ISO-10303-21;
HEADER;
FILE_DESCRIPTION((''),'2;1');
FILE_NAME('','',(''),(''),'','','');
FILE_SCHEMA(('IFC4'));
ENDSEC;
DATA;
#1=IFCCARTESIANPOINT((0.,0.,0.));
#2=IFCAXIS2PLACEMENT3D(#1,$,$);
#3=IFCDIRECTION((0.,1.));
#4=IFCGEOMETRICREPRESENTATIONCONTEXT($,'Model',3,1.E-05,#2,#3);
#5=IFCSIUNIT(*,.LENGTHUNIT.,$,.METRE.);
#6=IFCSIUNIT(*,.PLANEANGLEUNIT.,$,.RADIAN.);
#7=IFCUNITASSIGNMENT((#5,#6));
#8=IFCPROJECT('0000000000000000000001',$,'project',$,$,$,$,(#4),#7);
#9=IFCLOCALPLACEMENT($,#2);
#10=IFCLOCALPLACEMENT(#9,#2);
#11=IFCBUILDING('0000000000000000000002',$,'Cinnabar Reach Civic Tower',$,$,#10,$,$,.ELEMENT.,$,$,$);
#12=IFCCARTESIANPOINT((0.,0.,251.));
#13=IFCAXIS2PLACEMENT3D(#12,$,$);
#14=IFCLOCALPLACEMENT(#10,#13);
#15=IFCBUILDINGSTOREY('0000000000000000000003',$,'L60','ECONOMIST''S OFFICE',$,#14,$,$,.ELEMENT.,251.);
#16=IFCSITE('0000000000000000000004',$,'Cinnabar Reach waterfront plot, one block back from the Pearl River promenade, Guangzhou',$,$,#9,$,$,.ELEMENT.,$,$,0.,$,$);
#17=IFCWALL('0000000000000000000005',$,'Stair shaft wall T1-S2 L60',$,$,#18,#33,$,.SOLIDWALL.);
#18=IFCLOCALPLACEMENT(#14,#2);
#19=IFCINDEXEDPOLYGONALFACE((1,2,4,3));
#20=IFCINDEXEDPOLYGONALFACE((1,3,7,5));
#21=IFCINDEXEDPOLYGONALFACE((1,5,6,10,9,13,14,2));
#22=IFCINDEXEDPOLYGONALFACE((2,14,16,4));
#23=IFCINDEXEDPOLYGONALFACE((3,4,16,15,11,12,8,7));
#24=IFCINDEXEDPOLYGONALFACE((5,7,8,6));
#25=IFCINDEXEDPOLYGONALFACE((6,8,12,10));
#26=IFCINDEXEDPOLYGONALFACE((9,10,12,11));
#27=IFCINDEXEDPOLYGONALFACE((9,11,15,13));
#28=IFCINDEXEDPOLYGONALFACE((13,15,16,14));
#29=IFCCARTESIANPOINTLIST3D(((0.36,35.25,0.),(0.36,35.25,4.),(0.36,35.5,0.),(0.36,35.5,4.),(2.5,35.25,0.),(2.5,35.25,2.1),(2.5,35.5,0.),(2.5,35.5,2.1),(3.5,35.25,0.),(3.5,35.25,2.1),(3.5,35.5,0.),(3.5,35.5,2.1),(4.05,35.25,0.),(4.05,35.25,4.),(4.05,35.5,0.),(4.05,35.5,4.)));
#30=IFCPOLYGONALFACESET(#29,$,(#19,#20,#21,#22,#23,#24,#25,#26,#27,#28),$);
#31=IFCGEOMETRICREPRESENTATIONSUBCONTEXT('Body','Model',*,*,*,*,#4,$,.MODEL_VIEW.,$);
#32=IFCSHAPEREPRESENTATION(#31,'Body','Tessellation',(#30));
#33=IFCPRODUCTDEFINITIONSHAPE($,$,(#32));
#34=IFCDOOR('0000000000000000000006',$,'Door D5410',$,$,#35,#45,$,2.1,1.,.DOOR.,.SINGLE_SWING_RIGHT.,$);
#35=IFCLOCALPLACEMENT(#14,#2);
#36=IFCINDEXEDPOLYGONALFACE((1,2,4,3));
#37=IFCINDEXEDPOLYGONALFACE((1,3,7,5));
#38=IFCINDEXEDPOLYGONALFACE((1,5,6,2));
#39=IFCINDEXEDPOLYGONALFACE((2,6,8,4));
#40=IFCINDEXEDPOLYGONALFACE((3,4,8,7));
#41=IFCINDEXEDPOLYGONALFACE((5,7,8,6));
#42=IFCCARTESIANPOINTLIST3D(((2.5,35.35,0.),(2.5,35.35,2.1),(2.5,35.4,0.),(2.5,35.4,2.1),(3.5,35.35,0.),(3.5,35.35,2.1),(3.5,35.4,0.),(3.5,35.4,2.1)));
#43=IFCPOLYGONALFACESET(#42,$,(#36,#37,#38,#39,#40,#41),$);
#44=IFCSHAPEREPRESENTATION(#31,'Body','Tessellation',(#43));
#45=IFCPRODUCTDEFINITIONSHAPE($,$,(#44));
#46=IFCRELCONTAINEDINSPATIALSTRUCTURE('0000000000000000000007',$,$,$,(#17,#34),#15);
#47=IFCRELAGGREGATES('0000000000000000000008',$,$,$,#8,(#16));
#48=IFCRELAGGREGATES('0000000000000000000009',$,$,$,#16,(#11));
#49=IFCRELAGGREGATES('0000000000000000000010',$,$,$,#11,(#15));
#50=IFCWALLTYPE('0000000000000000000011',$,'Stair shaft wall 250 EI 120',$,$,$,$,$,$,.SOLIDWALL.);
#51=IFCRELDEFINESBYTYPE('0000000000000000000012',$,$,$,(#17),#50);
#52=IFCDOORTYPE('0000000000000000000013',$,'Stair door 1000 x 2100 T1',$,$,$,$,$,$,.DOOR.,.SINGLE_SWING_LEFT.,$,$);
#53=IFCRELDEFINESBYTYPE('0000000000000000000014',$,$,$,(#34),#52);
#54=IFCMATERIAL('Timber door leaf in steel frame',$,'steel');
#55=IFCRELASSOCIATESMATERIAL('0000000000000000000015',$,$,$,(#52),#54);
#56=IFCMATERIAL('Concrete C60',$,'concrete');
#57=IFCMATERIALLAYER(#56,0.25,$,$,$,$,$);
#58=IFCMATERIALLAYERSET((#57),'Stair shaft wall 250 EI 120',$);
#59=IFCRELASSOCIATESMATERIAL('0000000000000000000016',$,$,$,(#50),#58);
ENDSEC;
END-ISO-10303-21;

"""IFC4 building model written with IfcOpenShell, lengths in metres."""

from ifc_helpers import new_model, si_unit, direction, frame, frame_2d, origin, place, context, subcontext, project, spatial, rectangle, extrude, material, layer, layer_set, type_object, element, fill, save


model = new_model("IFC4")

# Units and contexts
model_context = context("Model", 3, precision=1e-05, world=origin(), true_north=direction((0.0, 1.0)))
body_context = subcontext(model_context, "Body", "Model", "MODEL_VIEW")
ifc_project = project(units=[si_unit("LENGTHUNIT", "METRE"), si_unit("PLANEANGLEUNIT", "RADIAN")], contexts=[model_context])

# Site, building, storey
site_placement = place(None, origin())
site = spatial("IfcSite", under=ifc_project, at=site_placement, Name="Cinnabar Reach waterfront plot, one block back from the Pearl River promenade, Guangzhou", CompositionType="ELEMENT", RefElevation=0.0)
building_placement = place(site_placement, origin())
building = spatial("IfcBuilding", under=site, at=building_placement, Name="Cinnabar Reach Civic Tower", CompositionType="ELEMENT")
storey_placement = place(building_placement, frame((0.0, 0.0, 251.0)))
storey = spatial("IfcBuildingStorey", under=building, at=storey_placement, Name="L60", Description="ECONOMIST'S OFFICE", CompositionType="ELEMENT", Elevation=251.0)

# Shared definitions
ifc_material_1 = material(Name="Concrete C60", Category="concrete")

# Shared definitions
ifc_material_2 = material(Name="Timber door leaf in steel frame", Category="steel")
door_type_1 = type_object("IfcDoorType", Name="Stair door 1000 x 2100 T1", OperationType="SINGLE_SWING_LEFT", PredefinedType="DOOR", material=ifc_material_2)

# Wall, opening, door
ifc_layer_1 = layer(ifc_material_1, 0.25)
ifc_layer_set_1 = layer_set([ifc_layer_1], Name="Stair shaft wall 250 EI 120")
wall_type_1 = type_object("IfcWallType", Name="Stair shaft wall 250 EI 120", PredefinedType="SOLIDWALL", material=ifc_layer_set_1)
wall_1_placement = place(storey_placement, frame((0.36, 35.375, 0.0), z_axis=(0.0, 0.0, 1.0), x_axis=(1.0, 0.0, 0.0)))
wall_1 = element("IfcWall", 1, at=wall_1_placement, inside=storey, type_object=wall_type_1, Name="Stair shaft wall T1-S2 L60", PredefinedType="SOLIDWALL", context=body_context, shape_type="SweptSolid", body=[
    extrude(rectangle(XDim=3.69, YDim=0.25, at=frame_2d((1.845, 0.0))), origin(), (0.0, 0.0, 1.0), 4.0),
])
opening_1_placement = place(wall_1_placement, frame((2.14, 0.0, 0.0)))
opening_1 = element("IfcOpeningElement", 2, at=opening_1_placement, cuts=wall_1, PredefinedType="OPENING", context=body_context, shape_type="SweptSolid", body=[
    extrude(rectangle(XDim=1.0, YDim=2.1, at=frame_2d((0.5, 1.05))), frame((0.0, 0.135, 0.0), z_axis=(0.0, -1.0, 0.0), x_axis=(1.0, 0.0, 0.0)), (0.0, 0.0, 1.0), 0.27),
])
door_1_placement = place(opening_1_placement, origin())
door_1 = element("IfcDoor", 3, at=door_1_placement, inside=storey, type_object=door_type_1, Name="Door D5410", OperationType="SINGLE_SWING_RIGHT", OverallHeight=2.1, OverallWidth=1.0, PredefinedType="DOOR", context=body_context, shape_type="SweptSolid", body=[
    extrude(rectangle(XDim=1.0, YDim=2.1, at=frame_2d((0.5, 1.05))), frame((0.0, 0.025, 0.0), z_axis=(0.0, -1.0, 0.0), x_axis=(1.0, 0.0, 0.0)), (0.0, 0.0, 1.0), 0.05),
])
fill(opening_1, door_1)

save(model, "model.ifc")
